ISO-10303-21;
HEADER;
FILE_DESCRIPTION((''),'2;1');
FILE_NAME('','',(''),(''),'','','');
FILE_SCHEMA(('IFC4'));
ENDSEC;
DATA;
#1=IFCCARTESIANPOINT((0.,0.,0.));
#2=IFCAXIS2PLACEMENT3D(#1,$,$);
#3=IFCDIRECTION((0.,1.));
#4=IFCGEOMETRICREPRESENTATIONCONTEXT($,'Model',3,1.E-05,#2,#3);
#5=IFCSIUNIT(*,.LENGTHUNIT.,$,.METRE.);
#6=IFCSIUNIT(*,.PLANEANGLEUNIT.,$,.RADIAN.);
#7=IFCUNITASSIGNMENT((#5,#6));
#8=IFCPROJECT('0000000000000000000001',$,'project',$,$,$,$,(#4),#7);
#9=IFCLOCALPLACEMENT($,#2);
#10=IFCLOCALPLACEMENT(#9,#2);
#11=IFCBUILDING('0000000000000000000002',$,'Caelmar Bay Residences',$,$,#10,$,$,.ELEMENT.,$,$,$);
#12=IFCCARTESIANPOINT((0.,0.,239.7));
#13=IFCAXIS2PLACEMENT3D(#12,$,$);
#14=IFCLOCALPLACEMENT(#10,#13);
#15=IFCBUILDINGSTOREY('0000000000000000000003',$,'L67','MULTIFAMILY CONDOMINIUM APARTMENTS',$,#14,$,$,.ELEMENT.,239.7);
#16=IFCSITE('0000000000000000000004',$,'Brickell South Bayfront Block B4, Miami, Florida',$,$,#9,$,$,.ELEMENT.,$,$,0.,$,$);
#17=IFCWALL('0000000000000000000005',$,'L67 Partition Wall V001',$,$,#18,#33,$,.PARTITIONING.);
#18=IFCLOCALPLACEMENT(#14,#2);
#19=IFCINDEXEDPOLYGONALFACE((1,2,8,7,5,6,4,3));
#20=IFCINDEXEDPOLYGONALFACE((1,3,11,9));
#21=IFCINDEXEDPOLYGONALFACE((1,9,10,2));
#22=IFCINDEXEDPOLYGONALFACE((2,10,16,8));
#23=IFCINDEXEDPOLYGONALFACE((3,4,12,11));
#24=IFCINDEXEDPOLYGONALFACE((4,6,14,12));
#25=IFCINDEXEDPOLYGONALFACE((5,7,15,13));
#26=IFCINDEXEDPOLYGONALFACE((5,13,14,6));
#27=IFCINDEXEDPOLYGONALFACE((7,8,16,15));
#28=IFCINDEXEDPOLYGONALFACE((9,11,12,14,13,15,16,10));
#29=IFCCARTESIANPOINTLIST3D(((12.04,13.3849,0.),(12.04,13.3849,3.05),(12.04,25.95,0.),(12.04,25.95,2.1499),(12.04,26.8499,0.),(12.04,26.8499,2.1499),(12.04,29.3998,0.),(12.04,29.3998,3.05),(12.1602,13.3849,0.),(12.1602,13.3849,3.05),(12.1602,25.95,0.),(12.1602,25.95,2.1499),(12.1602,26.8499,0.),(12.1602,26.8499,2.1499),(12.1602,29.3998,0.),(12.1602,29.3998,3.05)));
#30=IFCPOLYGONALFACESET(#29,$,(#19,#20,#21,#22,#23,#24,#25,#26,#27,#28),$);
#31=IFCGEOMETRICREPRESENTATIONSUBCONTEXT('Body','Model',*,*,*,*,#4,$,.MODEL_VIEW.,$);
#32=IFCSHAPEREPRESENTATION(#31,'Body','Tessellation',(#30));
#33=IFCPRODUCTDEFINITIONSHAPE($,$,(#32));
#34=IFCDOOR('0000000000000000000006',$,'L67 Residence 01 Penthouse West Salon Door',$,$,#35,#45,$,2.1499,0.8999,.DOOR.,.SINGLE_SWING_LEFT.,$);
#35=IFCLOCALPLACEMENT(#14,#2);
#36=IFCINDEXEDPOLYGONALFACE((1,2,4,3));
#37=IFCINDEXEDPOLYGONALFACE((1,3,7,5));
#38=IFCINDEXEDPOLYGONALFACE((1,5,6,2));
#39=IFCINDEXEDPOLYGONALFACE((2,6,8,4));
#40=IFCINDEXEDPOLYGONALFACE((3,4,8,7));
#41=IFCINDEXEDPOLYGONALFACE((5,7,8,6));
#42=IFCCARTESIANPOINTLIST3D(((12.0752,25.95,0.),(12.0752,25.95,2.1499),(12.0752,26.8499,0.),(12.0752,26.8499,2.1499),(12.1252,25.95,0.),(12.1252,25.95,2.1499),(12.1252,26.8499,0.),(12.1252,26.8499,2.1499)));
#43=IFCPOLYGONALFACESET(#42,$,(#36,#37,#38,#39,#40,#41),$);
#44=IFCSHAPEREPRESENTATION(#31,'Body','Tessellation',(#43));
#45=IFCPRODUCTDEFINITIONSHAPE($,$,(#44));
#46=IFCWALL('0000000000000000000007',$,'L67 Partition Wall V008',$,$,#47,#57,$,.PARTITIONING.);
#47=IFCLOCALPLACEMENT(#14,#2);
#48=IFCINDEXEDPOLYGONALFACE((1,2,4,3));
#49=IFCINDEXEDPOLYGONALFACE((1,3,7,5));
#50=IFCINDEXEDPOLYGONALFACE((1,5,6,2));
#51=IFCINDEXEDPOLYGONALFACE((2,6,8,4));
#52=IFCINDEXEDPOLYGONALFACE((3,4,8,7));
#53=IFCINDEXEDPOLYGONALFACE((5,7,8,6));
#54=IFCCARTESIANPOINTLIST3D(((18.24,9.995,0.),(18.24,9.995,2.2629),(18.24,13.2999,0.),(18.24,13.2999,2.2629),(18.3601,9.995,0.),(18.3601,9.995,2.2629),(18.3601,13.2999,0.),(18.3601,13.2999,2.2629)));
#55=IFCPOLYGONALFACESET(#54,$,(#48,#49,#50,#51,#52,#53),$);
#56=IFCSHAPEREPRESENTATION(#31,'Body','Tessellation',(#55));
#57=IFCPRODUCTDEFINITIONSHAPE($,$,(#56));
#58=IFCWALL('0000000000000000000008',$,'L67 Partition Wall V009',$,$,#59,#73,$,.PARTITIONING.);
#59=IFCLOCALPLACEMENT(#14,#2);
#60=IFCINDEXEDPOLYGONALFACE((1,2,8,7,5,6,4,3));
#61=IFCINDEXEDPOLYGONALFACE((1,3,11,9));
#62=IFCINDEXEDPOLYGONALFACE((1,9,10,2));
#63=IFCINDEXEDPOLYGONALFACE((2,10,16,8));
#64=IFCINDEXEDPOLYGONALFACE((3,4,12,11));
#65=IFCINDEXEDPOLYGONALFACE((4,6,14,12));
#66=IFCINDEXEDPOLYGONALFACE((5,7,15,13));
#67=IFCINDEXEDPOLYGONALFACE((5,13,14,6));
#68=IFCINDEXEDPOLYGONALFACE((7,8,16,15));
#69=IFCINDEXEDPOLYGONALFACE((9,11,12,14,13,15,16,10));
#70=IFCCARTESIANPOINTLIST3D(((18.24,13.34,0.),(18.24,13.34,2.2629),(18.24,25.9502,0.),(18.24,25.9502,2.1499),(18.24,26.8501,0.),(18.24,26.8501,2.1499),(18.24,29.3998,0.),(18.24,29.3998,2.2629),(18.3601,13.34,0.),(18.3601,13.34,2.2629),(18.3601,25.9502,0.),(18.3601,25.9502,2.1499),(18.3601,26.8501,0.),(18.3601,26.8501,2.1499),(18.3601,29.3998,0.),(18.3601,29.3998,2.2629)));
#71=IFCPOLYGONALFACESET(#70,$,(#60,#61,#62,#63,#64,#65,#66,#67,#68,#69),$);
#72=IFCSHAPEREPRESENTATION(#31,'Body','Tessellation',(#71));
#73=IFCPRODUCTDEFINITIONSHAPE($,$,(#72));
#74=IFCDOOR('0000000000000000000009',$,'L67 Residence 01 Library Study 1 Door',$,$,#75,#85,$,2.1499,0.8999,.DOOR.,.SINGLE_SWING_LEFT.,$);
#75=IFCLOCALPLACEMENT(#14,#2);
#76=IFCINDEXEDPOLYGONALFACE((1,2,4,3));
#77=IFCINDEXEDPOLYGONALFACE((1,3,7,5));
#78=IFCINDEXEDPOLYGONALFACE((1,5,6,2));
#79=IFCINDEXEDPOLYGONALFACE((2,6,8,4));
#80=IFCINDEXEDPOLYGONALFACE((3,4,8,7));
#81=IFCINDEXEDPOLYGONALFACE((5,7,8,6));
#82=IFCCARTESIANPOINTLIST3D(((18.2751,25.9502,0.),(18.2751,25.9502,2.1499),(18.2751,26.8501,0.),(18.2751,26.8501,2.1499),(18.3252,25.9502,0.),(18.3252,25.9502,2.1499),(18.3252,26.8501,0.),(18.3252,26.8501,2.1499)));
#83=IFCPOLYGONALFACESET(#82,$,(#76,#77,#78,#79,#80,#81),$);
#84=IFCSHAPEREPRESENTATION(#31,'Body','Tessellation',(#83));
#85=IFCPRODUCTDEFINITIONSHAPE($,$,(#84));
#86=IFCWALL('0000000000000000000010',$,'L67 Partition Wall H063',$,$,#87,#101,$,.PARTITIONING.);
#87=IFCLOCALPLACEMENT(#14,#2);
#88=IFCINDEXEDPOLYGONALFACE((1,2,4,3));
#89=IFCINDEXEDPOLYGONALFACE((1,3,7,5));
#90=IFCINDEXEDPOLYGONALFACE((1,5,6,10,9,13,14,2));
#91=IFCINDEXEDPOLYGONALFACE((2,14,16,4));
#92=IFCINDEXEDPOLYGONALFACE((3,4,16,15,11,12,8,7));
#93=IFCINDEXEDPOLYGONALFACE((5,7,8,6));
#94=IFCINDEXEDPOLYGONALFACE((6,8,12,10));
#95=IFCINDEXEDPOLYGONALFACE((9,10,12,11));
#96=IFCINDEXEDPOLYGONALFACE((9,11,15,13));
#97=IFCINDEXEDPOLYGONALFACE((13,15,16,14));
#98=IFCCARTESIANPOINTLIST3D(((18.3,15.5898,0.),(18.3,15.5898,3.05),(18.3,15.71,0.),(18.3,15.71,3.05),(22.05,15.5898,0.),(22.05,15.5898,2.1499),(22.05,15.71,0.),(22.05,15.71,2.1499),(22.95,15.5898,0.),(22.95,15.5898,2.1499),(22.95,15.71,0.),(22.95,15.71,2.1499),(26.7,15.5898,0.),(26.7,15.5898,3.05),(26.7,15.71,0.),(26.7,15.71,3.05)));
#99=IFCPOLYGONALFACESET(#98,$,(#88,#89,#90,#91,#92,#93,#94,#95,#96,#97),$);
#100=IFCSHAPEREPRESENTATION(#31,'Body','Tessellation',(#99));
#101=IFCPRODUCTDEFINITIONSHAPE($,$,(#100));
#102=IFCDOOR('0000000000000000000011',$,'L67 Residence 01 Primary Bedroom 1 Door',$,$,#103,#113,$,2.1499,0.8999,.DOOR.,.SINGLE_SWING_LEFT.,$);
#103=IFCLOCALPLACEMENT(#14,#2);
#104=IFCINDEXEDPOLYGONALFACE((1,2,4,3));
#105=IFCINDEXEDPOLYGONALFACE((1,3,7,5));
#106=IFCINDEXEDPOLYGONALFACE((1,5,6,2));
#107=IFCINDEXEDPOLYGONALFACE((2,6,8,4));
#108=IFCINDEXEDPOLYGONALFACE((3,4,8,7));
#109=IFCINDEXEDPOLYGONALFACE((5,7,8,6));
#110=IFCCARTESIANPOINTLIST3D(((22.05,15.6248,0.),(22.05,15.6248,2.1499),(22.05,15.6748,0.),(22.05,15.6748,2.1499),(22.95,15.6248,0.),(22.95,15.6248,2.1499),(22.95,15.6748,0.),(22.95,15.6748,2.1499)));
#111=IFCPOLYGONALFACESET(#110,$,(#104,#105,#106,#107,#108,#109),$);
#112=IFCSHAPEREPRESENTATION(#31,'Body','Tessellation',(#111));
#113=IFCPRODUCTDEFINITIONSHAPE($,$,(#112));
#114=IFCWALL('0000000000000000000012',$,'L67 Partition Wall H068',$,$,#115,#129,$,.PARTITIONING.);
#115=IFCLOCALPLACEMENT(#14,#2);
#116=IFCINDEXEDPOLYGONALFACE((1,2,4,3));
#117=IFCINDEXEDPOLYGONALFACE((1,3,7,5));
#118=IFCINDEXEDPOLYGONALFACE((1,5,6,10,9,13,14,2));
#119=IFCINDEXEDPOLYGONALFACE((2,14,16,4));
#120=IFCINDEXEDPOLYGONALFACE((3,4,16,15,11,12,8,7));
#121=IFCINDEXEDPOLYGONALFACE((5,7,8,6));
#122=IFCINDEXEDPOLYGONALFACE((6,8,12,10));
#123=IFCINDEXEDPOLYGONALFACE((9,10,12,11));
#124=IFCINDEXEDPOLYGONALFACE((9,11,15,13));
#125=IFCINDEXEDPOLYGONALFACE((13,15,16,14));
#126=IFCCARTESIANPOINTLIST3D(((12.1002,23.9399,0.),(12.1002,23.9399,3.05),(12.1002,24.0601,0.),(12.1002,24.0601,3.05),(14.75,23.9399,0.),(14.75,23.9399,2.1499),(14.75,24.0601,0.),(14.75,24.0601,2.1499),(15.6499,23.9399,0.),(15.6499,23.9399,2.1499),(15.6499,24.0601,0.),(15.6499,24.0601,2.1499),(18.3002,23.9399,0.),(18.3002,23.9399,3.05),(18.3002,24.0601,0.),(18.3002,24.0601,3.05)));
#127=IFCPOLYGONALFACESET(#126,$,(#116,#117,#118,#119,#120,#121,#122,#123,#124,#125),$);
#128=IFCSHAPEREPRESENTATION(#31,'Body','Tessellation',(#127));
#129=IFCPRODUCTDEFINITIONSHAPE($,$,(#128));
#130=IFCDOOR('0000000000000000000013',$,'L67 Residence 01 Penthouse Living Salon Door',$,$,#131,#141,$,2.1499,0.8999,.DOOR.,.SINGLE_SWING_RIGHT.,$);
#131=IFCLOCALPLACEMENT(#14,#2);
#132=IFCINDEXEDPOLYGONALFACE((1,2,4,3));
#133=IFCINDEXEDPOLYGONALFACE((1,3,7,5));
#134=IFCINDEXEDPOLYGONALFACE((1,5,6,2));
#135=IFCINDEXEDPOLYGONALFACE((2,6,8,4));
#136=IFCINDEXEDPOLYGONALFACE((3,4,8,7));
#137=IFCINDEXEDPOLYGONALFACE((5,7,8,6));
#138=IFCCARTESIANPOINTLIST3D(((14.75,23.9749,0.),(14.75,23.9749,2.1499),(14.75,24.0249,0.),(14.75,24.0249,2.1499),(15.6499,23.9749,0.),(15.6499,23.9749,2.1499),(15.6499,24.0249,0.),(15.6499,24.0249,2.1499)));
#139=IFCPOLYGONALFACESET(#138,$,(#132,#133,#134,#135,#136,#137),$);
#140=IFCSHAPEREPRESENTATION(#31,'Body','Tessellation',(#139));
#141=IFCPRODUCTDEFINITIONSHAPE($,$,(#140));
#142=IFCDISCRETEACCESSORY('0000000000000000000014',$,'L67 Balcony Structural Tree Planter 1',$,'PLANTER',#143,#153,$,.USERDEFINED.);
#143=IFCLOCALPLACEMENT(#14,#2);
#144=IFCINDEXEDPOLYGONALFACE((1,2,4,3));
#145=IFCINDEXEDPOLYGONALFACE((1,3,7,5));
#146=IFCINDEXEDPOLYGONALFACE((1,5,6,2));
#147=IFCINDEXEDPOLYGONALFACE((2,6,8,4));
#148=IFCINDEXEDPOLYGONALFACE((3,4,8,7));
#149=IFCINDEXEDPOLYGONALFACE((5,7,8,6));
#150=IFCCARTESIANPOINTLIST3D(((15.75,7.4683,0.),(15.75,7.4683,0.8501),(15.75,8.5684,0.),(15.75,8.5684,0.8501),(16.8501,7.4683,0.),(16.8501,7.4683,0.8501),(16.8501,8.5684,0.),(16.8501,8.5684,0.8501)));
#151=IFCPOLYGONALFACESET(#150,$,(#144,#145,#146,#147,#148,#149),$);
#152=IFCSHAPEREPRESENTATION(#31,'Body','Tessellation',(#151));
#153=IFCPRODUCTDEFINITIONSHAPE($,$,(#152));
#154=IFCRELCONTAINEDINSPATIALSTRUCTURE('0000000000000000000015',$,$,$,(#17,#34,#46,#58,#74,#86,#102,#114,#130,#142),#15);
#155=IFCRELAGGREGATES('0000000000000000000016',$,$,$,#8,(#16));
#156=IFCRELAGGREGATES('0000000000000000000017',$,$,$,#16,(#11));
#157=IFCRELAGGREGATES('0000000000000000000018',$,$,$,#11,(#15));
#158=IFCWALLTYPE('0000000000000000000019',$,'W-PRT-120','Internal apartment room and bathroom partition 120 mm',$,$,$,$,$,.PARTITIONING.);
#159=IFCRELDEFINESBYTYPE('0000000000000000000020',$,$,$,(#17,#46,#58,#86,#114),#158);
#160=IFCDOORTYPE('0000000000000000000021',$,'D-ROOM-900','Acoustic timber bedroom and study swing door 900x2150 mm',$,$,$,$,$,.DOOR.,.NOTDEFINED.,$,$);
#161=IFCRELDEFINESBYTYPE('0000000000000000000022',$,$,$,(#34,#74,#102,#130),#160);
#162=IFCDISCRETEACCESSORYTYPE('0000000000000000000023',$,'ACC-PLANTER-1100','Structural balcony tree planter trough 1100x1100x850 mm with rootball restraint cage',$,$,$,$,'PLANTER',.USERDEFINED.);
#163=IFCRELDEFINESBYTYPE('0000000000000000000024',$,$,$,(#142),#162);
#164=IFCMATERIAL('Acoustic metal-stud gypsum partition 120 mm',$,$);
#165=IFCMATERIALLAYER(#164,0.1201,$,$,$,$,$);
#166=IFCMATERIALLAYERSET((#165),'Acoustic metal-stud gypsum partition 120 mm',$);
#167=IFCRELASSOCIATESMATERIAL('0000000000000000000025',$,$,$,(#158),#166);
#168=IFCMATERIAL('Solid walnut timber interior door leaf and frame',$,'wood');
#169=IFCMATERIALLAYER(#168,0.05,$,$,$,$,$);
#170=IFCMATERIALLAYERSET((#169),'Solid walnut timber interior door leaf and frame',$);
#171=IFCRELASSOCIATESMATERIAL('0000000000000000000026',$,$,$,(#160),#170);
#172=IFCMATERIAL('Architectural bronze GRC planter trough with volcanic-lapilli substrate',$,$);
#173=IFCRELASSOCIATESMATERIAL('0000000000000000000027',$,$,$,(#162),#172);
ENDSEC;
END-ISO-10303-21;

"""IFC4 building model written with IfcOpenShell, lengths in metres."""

from ifc_helpers import new_model, si_unit, direction, frame, frame_2d, origin, origin_2d, place, context, subcontext, project, spatial, rectangle, extrude, material, layer, layer_set, type_object, element, fill, save


model = new_model("IFC4")

# Units and contexts
model_context = context("Model", 3, precision=1e-05, world=origin(), true_north=direction((0.0, 1.0)))
body_context = subcontext(model_context, "Body", "Model", "MODEL_VIEW")
ifc_project = project(units=[si_unit("LENGTHUNIT", "METRE"), si_unit("PLANEANGLEUNIT", "RADIAN")], contexts=[model_context])

# Site, building, storey
site_placement = place(None, origin())
site = spatial("IfcSite", under=ifc_project, at=site_placement, Name="Brickell South Bayfront Block B4, Miami, Florida", CompositionType="ELEMENT", RefElevation=0.0)
building_placement = place(site_placement, origin())
building = spatial("IfcBuilding", under=site, at=building_placement, Name="Caelmar Bay Residences", CompositionType="ELEMENT")
storey_placement = place(building_placement, frame((0.0, 0.0, 239.7)))
storey = spatial("IfcBuildingStorey", under=building, at=storey_placement, Name="L67", Description="MULTIFAMILY CONDOMINIUM APARTMENTS", CompositionType="ELEMENT", Elevation=239.7)

# Wall, opening, door
ifc_material_1 = material(Name="Acoustic metal-stud gypsum partition 120 mm")
ifc_layer_1 = layer(ifc_material_1, 0.1201)
ifc_layer_set_1 = layer_set([ifc_layer_1], Name="Acoustic metal-stud gypsum partition 120 mm")
wall_type_1 = type_object("IfcWallType", Name="W-PRT-120", Description="Internal apartment room and bathroom partition 120 mm", PredefinedType="PARTITIONING", material=ifc_layer_set_1)
wall_1_placement = place(storey_placement, frame((12.1001, 13.385, 0.0), z_axis=(0.0, 0.0, 1.0), x_axis=(0.0, 1.0, 0.0)))
wall_1 = element("IfcWall", 1, at=wall_1_placement, inside=storey, type_object=wall_type_1, Name="L67 Partition Wall V001", PredefinedType="PARTITIONING", context=body_context, shape_type="SweptSolid", body=[
    extrude(rectangle(XDim=16.0149, YDim=0.1201, at=frame_2d((8.0073, 0.0))), origin(), (0.0, 0.0, 1.0), 3.05),
])
opening_1_placement = place(wall_1_placement, frame((12.5649, 0.0, 0.0)))
opening_1 = element("IfcOpeningElement", 2, at=opening_1_placement, cuts=wall_1, PredefinedType="OPENING", context=body_context, shape_type="SweptSolid", body=[
    extrude(rectangle(XDim=0.8999, YDim=2.1499, at=frame_2d((0.45, 1.075))), frame((0.0, 0.0701, 0.0), z_axis=(0.0, -1.0, 0.0), x_axis=(1.0, 0.0, 0.0)), (0.0, 0.0, 1.0), 0.1401),
])
ifc_material_2 = material(Name="Solid walnut timber interior door leaf and frame", Category="wood")
ifc_layer_2 = layer(ifc_material_2, 0.05)
ifc_layer_set_2 = layer_set([ifc_layer_2], Name="Solid walnut timber interior door leaf and frame")
door_type = type_object("IfcDoorType", Name="D-ROOM-900", Description="Acoustic timber bedroom and study swing door 900x2150 mm", OperationType="NOTDEFINED", PredefinedType="DOOR", material=ifc_layer_set_2)
door_1_placement = place(opening_1_placement, origin())
door_1 = element("IfcDoor", 3, at=door_1_placement, inside=storey, type_object=door_type, Name="L67 Residence 01 Penthouse West Salon Door", OperationType="SINGLE_SWING_LEFT", OverallHeight=2.1499, OverallWidth=0.8999, PredefinedType="DOOR", context=body_context, shape_type="SweptSolid", body=[
    extrude(rectangle(XDim=0.8999, YDim=2.1499, at=frame_2d((0.45, 1.075))), frame((0.0, 0.0249, 0.0), z_axis=(0.0, -1.0, 0.0), x_axis=(1.0, 0.0, 0.0)), (0.0, 0.0, 1.0), 0.05),
])
fill(opening_1, door_1)

# Wall
wall_2_placement = place(storey_placement, frame((18.3, 9.9951, 0.0), z_axis=(0.0, 0.0, 1.0), x_axis=(0.0, 1.0, 0.0)))
element("IfcWall", 4, at=wall_2_placement, inside=storey, type_object=wall_type_1, Name="L67 Partition Wall V008", PredefinedType="PARTITIONING", context=body_context, shape_type="SweptSolid", body=[
    extrude(rectangle(XDim=3.3049, YDim=0.1201, at=frame_2d((1.6523, 0.0))), origin(), (0.0, 0.0, 1.0), 2.2629),
])

# Walls, openings, doors
wall_3_placement = place(storey_placement, frame((18.3, 13.3401, 0.0), z_axis=(0.0, 0.0, 1.0), x_axis=(0.0, 1.0, 0.0)))
wall_3 = element("IfcWall", 5, at=wall_3_placement, inside=storey, type_object=wall_type_1, Name="L67 Partition Wall V009", PredefinedType="PARTITIONING", context=body_context, shape_type="SweptSolid", body=[
    extrude(rectangle(XDim=16.0598, YDim=0.1201, at=frame_2d((8.0298, 0.0))), origin(), (0.0, 0.0, 1.0), 2.2629),
])
opening_2_placement = place(wall_3_placement, frame((12.6101, 0.0, 0.0)))
opening_2 = element("IfcOpeningElement", 6, at=opening_2_placement, cuts=wall_3, PredefinedType="OPENING", context=body_context, shape_type="SweptSolid", body=[
    extrude(rectangle(XDim=0.8999, YDim=2.1499, at=frame_2d((0.45, 1.075))), frame((0.0, 0.0701, 0.0), z_axis=(0.0, -1.0, 0.0), x_axis=(1.0, 0.0, 0.0)), (0.0, 0.0, 1.0), 0.1401),
])
door_2_placement = place(opening_2_placement, origin())
door_2 = element("IfcDoor", 7, at=door_2_placement, inside=storey, type_object=door_type, Name="L67 Residence 01 Library Study 1 Door", OperationType="SINGLE_SWING_LEFT", OverallHeight=2.1499, OverallWidth=0.8999, PredefinedType="DOOR", context=body_context, shape_type="SweptSolid", body=[
    extrude(rectangle(XDim=0.8999, YDim=2.1499, at=frame_2d((0.45, 1.075))), frame((0.0, 0.0249, 0.0), z_axis=(0.0, -1.0, 0.0), x_axis=(1.0, 0.0, 0.0)), (0.0, 0.0, 1.0), 0.05),
])
fill(opening_2, door_2)
wall_4_placement = place(storey_placement, frame((18.3, 15.6499, 0.0), z_axis=(0.0, 0.0, 1.0), x_axis=(1.0, 0.0, 0.0)))
wall_4 = element("IfcWall", 8, at=wall_4_placement, inside=storey, type_object=wall_type_1, Name="L67 Partition Wall H063", PredefinedType="PARTITIONING", context=body_context, shape_type="SweptSolid", body=[
    extrude(rectangle(XDim=8.3999, YDim=0.1201, at=frame_2d((4.2, 0.0))), origin(), (0.0, 0.0, 1.0), 3.05),
])
opening_3_placement = place(wall_4_placement, frame((3.75, 0.0, 0.0)))
opening_3 = element("IfcOpeningElement", 9, at=opening_3_placement, cuts=wall_4, PredefinedType="OPENING", context=body_context, shape_type="SweptSolid", body=[
    extrude(rectangle(XDim=0.8999, YDim=2.1499, at=frame_2d((0.45, 1.075))), frame((0.0, 0.0701, 0.0), z_axis=(0.0, -1.0, 0.0), x_axis=(1.0, 0.0, 0.0)), (0.0, 0.0, 1.0), 0.1401),
])
door_3_placement = place(opening_3_placement, origin())
door_3 = element("IfcDoor", 10, at=door_3_placement, inside=storey, type_object=door_type, Name="L67 Residence 01 Primary Bedroom 1 Door", OperationType="SINGLE_SWING_LEFT", OverallHeight=2.1499, OverallWidth=0.8999, PredefinedType="DOOR", context=body_context, shape_type="SweptSolid", body=[
    extrude(rectangle(XDim=0.8999, YDim=2.1499, at=frame_2d((0.45, 1.075))), frame((0.0, 0.0249, 0.0), z_axis=(0.0, -1.0, 0.0), x_axis=(1.0, 0.0, 0.0)), (0.0, 0.0, 1.0), 0.05),
])
fill(opening_3, door_3)
wall_5_placement = place(storey_placement, frame((12.1001, 24.0, 0.0), z_axis=(0.0, 0.0, 1.0), x_axis=(1.0, 0.0, 0.0)))
wall_5 = element("IfcWall", 11, at=wall_5_placement, inside=storey, type_object=wall_type_1, Name="L67 Partition Wall H068", PredefinedType="PARTITIONING", context=body_context, shape_type="SweptSolid", body=[
    extrude(rectangle(XDim=6.2, YDim=0.1201, at=frame_2d((3.1001, 0.0))), origin(), (0.0, 0.0, 1.0), 3.05),
])
opening_4_placement = place(wall_5_placement, frame((2.6499, 0.0, 0.0)))
opening_4 = element("IfcOpeningElement", 12, at=opening_4_placement, cuts=wall_5, PredefinedType="OPENING", context=body_context, shape_type="SweptSolid", body=[
    extrude(rectangle(XDim=0.8999, YDim=2.1499, at=frame_2d((0.45, 1.075))), frame((0.0, 0.0701, 0.0), z_axis=(0.0, -1.0, 0.0), x_axis=(1.0, 0.0, 0.0)), (0.0, 0.0, 1.0), 0.1401),
])
door_4_placement = place(opening_4_placement, origin())
door_4 = element("IfcDoor", 13, at=door_4_placement, inside=storey, type_object=door_type, Name="L67 Residence 01 Penthouse Living Salon Door", OperationType="SINGLE_SWING_RIGHT", OverallHeight=2.1499, OverallWidth=0.8999, PredefinedType="DOOR", context=body_context, shape_type="SweptSolid", body=[
    extrude(rectangle(XDim=0.8999, YDim=2.1499, at=frame_2d((0.45, 1.075))), frame((0.0, 0.0249, 0.0), z_axis=(0.0, -1.0, 0.0), x_axis=(1.0, 0.0, 0.0)), (0.0, 0.0, 1.0), 0.05),
])
fill(opening_4, door_4)

# Discrete accessory
ifc_material_3 = material(Name="Architectural bronze GRC planter trough with volcanic-lapilli substrate")
discrete_accessory_type = type_object("IfcDiscreteAccessoryType", Name="ACC-PLANTER-1100", Description="Structural balcony tree planter trough 1100x1100x850 mm with rootball restraint cage", ElementType="PLANTER", PredefinedType="USERDEFINED", material=ifc_material_3)
discrete_accessory_placement = place(storey_placement, frame((16.3, 8.0183, 0.0), z_axis=(0.0, 0.0, 1.0), x_axis=(1.0, 0.0, 0.0)))
element("IfcDiscreteAccessory", 14, at=discrete_accessory_placement, inside=storey, type_object=discrete_accessory_type, Name="L67 Balcony Structural Tree Planter 1", ObjectType="PLANTER", PredefinedType="USERDEFINED", context=body_context, shape_type="SweptSolid", body=[
    extrude(rectangle(XDim=1.1001, YDim=1.1001, at=origin_2d()), origin(), (0.0, 0.0, 1.0), 0.8501),
])

save(model, "model.ifc")
